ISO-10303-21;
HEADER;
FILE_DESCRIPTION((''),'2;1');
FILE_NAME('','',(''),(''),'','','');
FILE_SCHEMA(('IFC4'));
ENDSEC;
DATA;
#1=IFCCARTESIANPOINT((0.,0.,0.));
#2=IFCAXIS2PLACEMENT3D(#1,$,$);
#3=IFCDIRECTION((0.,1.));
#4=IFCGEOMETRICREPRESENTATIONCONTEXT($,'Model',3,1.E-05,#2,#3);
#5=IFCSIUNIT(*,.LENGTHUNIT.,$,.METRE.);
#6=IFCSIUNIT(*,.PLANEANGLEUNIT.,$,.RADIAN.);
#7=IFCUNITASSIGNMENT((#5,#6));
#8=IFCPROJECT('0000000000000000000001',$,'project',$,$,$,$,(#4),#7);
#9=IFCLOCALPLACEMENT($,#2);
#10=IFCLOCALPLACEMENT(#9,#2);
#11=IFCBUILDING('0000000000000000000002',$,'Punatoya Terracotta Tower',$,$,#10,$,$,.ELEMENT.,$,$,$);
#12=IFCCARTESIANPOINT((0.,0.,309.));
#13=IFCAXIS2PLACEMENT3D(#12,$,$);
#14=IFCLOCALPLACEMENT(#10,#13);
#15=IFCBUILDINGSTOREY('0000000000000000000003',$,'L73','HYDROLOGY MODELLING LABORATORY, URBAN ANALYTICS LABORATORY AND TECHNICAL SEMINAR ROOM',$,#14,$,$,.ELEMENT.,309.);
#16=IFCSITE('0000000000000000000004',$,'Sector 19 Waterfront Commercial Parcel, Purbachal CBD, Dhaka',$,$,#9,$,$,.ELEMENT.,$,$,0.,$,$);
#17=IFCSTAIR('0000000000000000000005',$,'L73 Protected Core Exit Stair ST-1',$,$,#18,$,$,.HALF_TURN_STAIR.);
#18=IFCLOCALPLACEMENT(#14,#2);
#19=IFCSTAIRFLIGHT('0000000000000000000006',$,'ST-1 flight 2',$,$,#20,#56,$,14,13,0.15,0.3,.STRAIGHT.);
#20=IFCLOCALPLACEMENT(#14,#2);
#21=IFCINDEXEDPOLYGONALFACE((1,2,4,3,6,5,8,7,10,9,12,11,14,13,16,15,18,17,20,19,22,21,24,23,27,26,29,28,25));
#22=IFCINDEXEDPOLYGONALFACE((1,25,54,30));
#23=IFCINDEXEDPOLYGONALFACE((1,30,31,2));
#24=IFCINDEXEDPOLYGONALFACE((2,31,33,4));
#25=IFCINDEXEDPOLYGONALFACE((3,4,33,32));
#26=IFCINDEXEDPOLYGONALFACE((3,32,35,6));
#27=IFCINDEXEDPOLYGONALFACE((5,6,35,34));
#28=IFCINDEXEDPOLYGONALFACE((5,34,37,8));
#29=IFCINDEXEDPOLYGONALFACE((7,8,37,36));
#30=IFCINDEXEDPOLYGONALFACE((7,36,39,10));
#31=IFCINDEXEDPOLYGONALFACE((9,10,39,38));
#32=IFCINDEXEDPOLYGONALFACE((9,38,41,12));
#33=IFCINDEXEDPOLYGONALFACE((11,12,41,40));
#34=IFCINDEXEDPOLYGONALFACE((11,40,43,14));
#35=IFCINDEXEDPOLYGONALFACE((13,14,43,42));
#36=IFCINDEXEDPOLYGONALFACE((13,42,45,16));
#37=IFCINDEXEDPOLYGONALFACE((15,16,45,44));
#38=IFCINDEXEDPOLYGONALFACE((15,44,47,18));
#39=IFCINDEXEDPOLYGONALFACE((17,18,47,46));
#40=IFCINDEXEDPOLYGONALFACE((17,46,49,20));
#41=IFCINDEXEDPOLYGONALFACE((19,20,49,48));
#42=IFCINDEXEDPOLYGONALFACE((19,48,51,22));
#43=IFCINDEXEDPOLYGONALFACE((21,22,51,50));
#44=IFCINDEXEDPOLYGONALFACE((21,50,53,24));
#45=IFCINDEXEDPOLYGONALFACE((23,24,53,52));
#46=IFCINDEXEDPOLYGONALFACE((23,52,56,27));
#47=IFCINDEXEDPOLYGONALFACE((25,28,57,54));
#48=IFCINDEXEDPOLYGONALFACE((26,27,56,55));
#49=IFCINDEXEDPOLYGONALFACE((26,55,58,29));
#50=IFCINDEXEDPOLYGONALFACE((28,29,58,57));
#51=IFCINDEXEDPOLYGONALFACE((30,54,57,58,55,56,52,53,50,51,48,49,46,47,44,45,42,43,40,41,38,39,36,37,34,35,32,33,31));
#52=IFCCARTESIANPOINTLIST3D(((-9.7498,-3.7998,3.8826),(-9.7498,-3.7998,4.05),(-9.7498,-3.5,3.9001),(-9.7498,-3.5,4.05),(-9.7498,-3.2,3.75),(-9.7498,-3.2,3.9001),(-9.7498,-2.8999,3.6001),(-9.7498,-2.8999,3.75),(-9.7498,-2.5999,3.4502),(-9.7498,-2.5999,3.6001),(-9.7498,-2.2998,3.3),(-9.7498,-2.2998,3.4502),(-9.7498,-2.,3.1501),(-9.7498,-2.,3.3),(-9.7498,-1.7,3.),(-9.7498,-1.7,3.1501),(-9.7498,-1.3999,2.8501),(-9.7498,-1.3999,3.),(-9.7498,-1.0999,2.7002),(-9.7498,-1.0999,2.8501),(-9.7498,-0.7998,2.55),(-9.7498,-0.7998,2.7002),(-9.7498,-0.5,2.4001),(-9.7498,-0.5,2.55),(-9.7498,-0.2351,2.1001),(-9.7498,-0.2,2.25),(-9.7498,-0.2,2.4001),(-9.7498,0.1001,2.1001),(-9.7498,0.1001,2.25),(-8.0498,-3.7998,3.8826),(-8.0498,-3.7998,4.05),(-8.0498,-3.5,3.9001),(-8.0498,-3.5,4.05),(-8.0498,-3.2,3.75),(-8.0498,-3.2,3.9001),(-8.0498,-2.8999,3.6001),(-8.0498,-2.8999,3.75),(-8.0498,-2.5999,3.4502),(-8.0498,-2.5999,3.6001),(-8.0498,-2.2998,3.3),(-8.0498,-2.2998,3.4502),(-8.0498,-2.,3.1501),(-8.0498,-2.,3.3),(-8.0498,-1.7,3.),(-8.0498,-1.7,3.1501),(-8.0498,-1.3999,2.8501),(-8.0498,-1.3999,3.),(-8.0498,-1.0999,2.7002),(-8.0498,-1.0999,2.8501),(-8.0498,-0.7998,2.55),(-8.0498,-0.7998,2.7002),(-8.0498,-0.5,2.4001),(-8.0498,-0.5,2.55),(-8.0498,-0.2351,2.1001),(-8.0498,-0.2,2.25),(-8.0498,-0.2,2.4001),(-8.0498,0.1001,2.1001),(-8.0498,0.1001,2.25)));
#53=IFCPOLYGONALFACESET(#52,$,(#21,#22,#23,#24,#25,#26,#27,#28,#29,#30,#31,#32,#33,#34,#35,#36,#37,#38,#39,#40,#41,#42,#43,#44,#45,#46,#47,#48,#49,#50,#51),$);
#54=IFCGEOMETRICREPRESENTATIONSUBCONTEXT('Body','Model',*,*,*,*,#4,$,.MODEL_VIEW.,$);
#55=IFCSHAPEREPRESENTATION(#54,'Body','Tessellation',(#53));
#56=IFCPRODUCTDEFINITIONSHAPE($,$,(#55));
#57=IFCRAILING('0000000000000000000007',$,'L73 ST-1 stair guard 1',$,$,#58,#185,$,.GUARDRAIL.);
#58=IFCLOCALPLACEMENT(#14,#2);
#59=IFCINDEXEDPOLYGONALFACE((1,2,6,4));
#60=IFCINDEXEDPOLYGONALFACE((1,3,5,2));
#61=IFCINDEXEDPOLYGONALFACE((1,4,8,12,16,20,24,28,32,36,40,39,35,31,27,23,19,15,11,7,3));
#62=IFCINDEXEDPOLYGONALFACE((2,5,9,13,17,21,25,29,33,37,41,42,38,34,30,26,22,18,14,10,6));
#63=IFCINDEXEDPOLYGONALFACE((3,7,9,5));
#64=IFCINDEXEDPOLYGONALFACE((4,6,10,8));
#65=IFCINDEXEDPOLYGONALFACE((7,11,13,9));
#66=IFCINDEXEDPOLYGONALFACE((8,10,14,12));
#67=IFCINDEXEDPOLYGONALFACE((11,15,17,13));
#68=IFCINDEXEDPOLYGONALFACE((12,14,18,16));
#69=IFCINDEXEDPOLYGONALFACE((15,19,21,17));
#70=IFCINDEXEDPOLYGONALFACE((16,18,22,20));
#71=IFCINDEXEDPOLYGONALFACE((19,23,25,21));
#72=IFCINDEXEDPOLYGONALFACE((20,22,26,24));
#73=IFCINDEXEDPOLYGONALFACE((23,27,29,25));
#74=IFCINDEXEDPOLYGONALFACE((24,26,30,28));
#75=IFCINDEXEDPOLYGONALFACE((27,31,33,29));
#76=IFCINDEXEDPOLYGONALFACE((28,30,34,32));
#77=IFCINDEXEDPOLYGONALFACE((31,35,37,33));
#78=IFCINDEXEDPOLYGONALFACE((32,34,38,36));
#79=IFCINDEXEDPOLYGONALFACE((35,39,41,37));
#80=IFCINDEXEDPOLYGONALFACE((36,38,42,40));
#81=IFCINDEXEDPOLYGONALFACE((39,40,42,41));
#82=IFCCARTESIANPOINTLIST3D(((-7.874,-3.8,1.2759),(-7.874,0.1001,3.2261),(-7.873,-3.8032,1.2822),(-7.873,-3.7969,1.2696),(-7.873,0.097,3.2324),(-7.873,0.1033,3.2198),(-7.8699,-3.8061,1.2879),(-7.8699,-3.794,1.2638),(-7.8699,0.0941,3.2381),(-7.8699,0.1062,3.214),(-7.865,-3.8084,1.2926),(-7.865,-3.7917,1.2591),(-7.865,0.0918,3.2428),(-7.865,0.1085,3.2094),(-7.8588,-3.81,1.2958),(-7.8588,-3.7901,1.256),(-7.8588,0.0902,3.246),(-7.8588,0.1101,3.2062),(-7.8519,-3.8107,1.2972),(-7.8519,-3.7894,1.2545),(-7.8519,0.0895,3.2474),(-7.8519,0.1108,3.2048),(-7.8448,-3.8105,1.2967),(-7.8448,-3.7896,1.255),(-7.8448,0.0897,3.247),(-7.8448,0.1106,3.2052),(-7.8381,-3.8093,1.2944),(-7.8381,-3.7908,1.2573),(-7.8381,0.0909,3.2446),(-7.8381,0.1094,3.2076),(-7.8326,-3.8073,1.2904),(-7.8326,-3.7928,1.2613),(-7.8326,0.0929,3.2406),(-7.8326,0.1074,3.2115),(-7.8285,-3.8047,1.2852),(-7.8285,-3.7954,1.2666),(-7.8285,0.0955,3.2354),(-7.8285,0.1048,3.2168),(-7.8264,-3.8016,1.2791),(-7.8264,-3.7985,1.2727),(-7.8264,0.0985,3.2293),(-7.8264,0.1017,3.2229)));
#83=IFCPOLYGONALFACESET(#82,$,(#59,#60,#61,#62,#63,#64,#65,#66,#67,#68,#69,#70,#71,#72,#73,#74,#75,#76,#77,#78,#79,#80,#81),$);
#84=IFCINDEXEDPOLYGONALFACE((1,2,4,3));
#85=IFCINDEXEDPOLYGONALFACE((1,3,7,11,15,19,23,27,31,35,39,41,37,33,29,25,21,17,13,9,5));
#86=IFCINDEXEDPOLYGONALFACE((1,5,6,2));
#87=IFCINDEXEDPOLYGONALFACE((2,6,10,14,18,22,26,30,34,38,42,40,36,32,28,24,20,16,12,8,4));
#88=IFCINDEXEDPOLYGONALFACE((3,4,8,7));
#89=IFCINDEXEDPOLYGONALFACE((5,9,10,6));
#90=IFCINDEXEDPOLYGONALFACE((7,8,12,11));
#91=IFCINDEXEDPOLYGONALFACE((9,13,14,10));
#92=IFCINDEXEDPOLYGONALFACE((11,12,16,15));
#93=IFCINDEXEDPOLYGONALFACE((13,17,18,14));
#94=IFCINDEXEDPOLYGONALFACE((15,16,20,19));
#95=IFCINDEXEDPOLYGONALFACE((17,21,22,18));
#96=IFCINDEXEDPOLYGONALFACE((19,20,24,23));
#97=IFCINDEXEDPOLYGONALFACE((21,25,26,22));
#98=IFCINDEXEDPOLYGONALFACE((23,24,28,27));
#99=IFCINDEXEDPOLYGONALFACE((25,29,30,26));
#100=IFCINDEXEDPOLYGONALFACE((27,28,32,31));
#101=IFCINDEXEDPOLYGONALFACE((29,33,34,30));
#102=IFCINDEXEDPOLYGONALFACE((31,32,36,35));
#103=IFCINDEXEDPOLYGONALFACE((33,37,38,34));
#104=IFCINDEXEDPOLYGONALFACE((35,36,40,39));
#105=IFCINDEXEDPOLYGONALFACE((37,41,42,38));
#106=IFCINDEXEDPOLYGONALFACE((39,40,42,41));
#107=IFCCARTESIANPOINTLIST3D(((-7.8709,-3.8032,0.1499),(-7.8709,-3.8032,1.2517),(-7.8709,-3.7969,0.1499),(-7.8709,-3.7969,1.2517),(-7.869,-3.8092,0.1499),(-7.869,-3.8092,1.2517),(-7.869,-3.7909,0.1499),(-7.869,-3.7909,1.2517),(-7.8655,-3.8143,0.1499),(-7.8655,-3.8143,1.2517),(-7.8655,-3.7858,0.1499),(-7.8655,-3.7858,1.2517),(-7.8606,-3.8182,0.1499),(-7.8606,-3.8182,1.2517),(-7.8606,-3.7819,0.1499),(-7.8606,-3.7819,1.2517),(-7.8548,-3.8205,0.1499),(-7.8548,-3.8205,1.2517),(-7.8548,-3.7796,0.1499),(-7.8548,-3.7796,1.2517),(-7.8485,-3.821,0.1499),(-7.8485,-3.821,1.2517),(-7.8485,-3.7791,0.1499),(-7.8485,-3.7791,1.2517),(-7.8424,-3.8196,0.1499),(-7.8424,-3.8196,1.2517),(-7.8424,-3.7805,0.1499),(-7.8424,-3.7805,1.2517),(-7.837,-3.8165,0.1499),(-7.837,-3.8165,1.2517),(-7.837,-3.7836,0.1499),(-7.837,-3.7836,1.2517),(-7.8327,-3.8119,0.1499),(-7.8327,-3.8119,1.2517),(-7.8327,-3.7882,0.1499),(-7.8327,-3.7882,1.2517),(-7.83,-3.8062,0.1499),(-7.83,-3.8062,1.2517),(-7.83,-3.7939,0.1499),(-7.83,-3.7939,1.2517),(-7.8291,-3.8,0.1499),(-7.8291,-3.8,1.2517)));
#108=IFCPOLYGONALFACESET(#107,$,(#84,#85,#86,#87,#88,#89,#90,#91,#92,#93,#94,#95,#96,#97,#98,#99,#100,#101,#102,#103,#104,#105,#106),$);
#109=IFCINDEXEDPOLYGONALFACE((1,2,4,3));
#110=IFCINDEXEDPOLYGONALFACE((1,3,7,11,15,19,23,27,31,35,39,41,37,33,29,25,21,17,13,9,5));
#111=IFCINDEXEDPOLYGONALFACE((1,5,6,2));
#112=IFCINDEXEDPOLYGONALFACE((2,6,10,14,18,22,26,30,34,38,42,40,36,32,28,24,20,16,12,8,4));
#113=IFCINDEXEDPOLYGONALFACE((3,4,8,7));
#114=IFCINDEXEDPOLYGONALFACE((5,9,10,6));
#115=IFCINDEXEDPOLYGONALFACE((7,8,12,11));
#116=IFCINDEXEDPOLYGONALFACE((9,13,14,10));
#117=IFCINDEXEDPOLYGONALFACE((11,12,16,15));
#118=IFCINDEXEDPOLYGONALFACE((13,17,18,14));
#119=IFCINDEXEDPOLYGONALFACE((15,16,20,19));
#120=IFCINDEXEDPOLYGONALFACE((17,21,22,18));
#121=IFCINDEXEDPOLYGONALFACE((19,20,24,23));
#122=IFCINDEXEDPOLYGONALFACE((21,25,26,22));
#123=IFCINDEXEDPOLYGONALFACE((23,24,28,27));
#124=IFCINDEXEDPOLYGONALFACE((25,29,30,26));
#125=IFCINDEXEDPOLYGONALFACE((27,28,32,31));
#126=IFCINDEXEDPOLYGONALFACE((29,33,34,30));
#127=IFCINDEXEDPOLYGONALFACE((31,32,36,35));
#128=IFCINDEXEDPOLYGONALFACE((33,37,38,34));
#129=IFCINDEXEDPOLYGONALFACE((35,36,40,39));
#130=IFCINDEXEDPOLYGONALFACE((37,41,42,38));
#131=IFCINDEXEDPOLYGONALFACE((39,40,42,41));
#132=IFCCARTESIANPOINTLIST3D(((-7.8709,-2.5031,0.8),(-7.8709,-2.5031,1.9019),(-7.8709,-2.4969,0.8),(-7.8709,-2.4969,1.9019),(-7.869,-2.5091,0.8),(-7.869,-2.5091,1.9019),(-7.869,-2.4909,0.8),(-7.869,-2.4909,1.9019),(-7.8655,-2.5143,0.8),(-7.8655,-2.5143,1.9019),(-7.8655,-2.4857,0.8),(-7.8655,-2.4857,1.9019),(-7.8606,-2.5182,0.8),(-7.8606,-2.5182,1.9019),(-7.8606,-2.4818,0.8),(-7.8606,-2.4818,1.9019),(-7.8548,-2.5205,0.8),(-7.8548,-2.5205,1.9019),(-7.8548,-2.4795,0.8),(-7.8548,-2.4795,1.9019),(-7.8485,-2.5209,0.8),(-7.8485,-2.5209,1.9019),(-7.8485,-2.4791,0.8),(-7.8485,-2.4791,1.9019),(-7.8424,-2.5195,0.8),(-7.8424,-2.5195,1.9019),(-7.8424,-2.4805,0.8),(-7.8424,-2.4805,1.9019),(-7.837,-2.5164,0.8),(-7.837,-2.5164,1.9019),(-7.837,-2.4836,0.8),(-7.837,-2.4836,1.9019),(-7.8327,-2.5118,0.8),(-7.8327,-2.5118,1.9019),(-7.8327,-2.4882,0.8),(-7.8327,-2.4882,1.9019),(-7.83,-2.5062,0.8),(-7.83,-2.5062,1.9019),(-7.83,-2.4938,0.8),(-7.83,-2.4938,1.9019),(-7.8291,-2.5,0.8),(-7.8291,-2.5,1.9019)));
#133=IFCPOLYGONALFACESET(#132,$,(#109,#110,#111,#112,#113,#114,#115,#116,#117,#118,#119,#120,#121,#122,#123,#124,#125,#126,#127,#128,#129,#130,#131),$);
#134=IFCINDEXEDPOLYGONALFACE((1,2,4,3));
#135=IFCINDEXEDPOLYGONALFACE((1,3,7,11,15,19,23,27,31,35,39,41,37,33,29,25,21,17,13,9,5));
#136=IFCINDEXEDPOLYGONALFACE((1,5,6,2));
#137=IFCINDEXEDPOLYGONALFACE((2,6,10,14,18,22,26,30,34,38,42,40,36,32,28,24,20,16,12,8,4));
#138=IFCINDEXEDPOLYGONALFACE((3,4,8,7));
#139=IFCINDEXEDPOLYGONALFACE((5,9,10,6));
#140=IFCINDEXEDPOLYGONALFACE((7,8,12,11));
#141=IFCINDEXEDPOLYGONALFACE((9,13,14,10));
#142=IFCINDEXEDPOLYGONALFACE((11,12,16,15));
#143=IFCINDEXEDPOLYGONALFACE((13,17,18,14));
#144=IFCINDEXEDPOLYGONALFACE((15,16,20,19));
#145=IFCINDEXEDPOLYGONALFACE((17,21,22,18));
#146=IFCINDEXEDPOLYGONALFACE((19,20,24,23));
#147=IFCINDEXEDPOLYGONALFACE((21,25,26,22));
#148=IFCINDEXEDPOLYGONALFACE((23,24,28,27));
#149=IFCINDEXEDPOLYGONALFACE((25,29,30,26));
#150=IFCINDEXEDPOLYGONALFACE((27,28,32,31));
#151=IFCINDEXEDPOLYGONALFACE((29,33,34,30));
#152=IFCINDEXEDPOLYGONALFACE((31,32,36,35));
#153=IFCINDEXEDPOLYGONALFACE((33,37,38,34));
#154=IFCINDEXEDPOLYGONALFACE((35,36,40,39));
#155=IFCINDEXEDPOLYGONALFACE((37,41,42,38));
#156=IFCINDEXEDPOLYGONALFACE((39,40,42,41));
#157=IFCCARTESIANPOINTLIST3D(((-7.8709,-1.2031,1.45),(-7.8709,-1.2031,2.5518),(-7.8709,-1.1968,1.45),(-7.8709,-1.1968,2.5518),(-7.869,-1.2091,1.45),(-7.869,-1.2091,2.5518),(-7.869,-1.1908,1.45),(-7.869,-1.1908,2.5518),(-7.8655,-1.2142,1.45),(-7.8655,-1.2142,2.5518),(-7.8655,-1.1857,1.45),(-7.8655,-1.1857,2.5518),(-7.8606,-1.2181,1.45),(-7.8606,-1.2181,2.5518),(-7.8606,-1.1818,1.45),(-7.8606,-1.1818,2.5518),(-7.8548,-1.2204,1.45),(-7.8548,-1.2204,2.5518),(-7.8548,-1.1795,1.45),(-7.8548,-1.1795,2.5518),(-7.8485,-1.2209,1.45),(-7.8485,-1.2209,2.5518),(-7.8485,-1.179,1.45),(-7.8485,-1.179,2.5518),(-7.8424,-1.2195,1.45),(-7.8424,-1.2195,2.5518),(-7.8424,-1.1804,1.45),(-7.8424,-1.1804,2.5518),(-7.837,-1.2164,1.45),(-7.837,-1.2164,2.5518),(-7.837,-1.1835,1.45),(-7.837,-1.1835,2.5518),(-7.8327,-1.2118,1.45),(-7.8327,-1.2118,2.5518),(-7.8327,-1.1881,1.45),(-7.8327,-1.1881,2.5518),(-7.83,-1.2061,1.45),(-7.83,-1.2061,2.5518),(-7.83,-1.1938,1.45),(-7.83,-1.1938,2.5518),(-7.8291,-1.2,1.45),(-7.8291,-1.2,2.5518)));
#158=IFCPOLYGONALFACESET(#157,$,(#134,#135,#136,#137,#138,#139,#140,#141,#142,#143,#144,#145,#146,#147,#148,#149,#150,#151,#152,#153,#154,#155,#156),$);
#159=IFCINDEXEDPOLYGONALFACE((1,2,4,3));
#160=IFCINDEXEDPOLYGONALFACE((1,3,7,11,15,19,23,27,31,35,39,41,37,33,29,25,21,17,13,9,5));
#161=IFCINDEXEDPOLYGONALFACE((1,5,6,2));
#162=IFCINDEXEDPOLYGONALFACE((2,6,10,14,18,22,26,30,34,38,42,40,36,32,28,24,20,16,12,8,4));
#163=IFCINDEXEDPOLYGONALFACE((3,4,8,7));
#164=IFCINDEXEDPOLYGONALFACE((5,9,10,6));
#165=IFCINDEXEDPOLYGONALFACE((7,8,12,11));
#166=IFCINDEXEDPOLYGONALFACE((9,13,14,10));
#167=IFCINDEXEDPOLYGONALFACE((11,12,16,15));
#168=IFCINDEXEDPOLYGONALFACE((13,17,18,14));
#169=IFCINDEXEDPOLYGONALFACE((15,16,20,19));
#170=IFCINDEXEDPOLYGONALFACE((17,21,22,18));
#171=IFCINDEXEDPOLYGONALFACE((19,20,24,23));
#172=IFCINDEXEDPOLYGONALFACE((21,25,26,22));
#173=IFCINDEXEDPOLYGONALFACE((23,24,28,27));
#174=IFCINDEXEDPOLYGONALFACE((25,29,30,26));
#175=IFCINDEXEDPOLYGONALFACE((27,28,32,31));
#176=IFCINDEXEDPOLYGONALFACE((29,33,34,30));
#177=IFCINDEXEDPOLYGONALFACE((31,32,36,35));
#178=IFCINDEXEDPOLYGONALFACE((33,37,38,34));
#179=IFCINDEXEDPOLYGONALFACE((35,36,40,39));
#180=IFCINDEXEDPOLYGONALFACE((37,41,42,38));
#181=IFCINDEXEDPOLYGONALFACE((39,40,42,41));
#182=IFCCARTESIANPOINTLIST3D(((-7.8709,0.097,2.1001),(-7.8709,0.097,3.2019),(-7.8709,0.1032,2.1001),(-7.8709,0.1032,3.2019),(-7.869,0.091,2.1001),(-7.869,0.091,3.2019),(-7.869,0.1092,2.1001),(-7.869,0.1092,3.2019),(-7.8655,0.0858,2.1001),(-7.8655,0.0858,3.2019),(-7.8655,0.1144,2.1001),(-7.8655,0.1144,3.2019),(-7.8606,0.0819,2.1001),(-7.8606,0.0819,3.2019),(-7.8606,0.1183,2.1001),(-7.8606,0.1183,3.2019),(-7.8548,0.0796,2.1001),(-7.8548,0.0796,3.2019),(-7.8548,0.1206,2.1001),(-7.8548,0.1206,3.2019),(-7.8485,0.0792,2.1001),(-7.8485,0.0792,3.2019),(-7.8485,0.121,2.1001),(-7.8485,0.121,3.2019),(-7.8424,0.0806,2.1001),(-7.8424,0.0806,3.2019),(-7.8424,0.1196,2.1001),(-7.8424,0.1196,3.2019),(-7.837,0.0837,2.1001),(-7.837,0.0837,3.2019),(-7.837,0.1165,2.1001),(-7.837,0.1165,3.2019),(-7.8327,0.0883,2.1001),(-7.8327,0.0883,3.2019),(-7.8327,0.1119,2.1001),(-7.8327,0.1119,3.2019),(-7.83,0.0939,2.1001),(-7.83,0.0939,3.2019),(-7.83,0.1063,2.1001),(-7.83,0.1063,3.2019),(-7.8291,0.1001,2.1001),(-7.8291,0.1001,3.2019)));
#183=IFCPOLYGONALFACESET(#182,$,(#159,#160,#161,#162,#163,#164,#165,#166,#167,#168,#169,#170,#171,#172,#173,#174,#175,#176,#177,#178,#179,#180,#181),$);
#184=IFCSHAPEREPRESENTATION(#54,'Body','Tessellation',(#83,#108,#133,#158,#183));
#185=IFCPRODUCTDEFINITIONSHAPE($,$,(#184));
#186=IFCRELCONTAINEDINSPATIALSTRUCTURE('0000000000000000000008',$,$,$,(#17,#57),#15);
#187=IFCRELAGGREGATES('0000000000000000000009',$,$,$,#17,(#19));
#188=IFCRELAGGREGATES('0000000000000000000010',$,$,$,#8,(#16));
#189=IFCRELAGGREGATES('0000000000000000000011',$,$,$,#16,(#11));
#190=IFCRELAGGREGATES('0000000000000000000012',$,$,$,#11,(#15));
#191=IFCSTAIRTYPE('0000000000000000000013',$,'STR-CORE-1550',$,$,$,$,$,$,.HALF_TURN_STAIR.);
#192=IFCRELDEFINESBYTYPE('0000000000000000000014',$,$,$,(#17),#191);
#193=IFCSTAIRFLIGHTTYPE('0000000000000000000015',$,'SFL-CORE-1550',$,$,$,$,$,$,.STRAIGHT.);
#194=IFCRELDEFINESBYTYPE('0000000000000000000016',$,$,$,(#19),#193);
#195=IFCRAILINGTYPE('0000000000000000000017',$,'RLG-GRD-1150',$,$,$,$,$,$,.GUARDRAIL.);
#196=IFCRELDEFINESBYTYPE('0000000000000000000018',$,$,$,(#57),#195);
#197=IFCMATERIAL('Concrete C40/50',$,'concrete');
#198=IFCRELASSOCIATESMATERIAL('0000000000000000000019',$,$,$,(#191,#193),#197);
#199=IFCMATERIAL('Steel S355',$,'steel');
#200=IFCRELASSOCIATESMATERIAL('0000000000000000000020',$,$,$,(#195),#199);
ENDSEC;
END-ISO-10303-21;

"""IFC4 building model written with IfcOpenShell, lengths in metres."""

from ifc_helpers import new_model, si_unit, direction, frame, origin, origin_2d, place, context, subcontext, project, spatial, polyline, circle, outline, extrude, material, type_object, element, aggregate, save


model = new_model("IFC4")

# Units and contexts
model_context = context("Model", 3, precision=1e-05, world=origin(), true_north=direction((0.0, 1.0)))
body_context = subcontext(model_context, "Body", "Model", "MODEL_VIEW")
ifc_project = project(units=[si_unit("LENGTHUNIT", "METRE"), si_unit("PLANEANGLEUNIT", "RADIAN")], contexts=[model_context])

# Site, building, storey
site_placement = place(None, origin())
site = spatial("IfcSite", under=ifc_project, at=site_placement, Name="Sector 19 Waterfront Commercial Parcel, Purbachal CBD, Dhaka", CompositionType="ELEMENT", RefElevation=0.0)
building_placement = place(site_placement, origin())
building = spatial("IfcBuilding", under=site, at=building_placement, Name="Punatoya Terracotta Tower", CompositionType="ELEMENT")
storey_placement = place(building_placement, frame((0.0, 0.0, 309.0)))
storey = spatial("IfcBuildingStorey", under=building, at=storey_placement, Name="L73", Description="HYDROLOGY MODELLING LABORATORY, URBAN ANALYTICS LABORATORY AND TECHNICAL SEMINAR ROOM", CompositionType="ELEMENT", Elevation=309.0)

# Shared definitions
ifc_material_1 = material(Name="Steel S355", Category="steel")

# Shared definitions
ifc_material_2 = material(Name="Concrete C40/50", Category="concrete")

# Stair, stair flight
stair_type = type_object("IfcStairType", Name="STR-CORE-1550", PredefinedType="HALF_TURN_STAIR", material=ifc_material_2)
stair_placement = place(storey_placement, origin())
stair = element("IfcStair", 1, at=stair_placement, inside=storey, type_object=stair_type, Name="L73 Protected Core Exit Stair ST-1", PredefinedType="HALF_TURN_STAIR")
stair_flight_type = type_object("IfcStairFlightType", Name="SFL-CORE-1550", PredefinedType="STRAIGHT", material=ifc_material_2)
stair_flight_1_placement = place(storey_placement, frame((-8.8999, 0.1001, 2.1001), z_axis=(0.0, 0.0, 1.0), x_axis=(0.0, -1.0, 0.0)))
stair_flight_1 = element("IfcStairFlight", 2, at=stair_flight_1_placement, type_object=stair_flight_type, Name="ST-1 flight 2", NumberOfRisers=14, NumberOfTreads=13, PredefinedType="STRAIGHT", RiserHeight=0.15, TreadLength=0.3, context=body_context, shape_type="SweptSolid", body=[
    extrude(outline(polyline([(0.0, 0.0), (0.0, 0.1499), (0.3, 0.1499), (0.3, 0.3), (0.6001, 0.3), (0.6001, 0.45), (0.8999, 0.45), (0.8999, 0.6001), (1.2, 0.6001), (1.2, 0.75), (1.5, 0.75), (1.5, 0.8999), (1.8, 0.8999), (1.8, 1.05), (2.1001, 1.05), (2.1001, 1.2), (2.3999, 1.2), (2.3999, 1.3501), (2.7, 1.3501), (2.7, 1.5), (3.0, 1.5), (3.0, 1.6499), (3.3, 1.6499), (3.3, 1.8), (3.6001, 1.8), (3.6001, 1.95), (3.8999, 1.95), (3.8999, 2.1001), (3.8999, 1.7825), (0.3352, 0.0), (0.0, 0.0)])), frame((0.0, 0.8501, 0.0), z_axis=(0.0, -1.0, 0.0), x_axis=(1.0, 0.0, 0.0)), (0.0, 0.0, 1.0), 1.7),
])
aggregate(stair, [stair_flight_1])

# Railing
railing_type_1 = type_object("IfcRailingType", Name="RLG-GRD-1150", PredefinedType="GUARDRAIL", material=ifc_material_1)
railing_1_placement = place(storey_placement, frame((-7.8501, -3.8, 0.1499)))
element("IfcRailing", 3, at=railing_1_placement, inside=storey, type_object=railing_type_1, Name="L73 ST-1 stair guard 1", PredefinedType="GUARDRAIL", context=body_context, shape_type="SweptSolid", body=[
    extrude(circle(Radius=0.0239, at=origin_2d()), frame((0.0, 0.0, 1.126), z_axis=(0.0, 0.894416, 0.447236), x_axis=(-1.0, 0.0, 0.0)), (0.0, 0.0, 1.0), 4.3606),
    extrude(circle(Radius=0.021, at=origin_2d()), origin(), (0.0, 0.0, 1.0), 1.1018),
    extrude(circle(Radius=0.021, at=origin_2d()), frame((0.0, 1.3, 0.6501)), (0.0, 0.0, 1.0), 1.1018),
    extrude(circle(Radius=0.021, at=origin_2d()), frame((0.0, 2.6001, 1.3)), (0.0, 0.0, 1.0), 1.1018),
    extrude(circle(Radius=0.021, at=origin_2d()), frame((0.0, 3.9001, 1.9502)), (0.0, 0.0, 1.0), 1.1018),
])

save(model, "model.ifc")
